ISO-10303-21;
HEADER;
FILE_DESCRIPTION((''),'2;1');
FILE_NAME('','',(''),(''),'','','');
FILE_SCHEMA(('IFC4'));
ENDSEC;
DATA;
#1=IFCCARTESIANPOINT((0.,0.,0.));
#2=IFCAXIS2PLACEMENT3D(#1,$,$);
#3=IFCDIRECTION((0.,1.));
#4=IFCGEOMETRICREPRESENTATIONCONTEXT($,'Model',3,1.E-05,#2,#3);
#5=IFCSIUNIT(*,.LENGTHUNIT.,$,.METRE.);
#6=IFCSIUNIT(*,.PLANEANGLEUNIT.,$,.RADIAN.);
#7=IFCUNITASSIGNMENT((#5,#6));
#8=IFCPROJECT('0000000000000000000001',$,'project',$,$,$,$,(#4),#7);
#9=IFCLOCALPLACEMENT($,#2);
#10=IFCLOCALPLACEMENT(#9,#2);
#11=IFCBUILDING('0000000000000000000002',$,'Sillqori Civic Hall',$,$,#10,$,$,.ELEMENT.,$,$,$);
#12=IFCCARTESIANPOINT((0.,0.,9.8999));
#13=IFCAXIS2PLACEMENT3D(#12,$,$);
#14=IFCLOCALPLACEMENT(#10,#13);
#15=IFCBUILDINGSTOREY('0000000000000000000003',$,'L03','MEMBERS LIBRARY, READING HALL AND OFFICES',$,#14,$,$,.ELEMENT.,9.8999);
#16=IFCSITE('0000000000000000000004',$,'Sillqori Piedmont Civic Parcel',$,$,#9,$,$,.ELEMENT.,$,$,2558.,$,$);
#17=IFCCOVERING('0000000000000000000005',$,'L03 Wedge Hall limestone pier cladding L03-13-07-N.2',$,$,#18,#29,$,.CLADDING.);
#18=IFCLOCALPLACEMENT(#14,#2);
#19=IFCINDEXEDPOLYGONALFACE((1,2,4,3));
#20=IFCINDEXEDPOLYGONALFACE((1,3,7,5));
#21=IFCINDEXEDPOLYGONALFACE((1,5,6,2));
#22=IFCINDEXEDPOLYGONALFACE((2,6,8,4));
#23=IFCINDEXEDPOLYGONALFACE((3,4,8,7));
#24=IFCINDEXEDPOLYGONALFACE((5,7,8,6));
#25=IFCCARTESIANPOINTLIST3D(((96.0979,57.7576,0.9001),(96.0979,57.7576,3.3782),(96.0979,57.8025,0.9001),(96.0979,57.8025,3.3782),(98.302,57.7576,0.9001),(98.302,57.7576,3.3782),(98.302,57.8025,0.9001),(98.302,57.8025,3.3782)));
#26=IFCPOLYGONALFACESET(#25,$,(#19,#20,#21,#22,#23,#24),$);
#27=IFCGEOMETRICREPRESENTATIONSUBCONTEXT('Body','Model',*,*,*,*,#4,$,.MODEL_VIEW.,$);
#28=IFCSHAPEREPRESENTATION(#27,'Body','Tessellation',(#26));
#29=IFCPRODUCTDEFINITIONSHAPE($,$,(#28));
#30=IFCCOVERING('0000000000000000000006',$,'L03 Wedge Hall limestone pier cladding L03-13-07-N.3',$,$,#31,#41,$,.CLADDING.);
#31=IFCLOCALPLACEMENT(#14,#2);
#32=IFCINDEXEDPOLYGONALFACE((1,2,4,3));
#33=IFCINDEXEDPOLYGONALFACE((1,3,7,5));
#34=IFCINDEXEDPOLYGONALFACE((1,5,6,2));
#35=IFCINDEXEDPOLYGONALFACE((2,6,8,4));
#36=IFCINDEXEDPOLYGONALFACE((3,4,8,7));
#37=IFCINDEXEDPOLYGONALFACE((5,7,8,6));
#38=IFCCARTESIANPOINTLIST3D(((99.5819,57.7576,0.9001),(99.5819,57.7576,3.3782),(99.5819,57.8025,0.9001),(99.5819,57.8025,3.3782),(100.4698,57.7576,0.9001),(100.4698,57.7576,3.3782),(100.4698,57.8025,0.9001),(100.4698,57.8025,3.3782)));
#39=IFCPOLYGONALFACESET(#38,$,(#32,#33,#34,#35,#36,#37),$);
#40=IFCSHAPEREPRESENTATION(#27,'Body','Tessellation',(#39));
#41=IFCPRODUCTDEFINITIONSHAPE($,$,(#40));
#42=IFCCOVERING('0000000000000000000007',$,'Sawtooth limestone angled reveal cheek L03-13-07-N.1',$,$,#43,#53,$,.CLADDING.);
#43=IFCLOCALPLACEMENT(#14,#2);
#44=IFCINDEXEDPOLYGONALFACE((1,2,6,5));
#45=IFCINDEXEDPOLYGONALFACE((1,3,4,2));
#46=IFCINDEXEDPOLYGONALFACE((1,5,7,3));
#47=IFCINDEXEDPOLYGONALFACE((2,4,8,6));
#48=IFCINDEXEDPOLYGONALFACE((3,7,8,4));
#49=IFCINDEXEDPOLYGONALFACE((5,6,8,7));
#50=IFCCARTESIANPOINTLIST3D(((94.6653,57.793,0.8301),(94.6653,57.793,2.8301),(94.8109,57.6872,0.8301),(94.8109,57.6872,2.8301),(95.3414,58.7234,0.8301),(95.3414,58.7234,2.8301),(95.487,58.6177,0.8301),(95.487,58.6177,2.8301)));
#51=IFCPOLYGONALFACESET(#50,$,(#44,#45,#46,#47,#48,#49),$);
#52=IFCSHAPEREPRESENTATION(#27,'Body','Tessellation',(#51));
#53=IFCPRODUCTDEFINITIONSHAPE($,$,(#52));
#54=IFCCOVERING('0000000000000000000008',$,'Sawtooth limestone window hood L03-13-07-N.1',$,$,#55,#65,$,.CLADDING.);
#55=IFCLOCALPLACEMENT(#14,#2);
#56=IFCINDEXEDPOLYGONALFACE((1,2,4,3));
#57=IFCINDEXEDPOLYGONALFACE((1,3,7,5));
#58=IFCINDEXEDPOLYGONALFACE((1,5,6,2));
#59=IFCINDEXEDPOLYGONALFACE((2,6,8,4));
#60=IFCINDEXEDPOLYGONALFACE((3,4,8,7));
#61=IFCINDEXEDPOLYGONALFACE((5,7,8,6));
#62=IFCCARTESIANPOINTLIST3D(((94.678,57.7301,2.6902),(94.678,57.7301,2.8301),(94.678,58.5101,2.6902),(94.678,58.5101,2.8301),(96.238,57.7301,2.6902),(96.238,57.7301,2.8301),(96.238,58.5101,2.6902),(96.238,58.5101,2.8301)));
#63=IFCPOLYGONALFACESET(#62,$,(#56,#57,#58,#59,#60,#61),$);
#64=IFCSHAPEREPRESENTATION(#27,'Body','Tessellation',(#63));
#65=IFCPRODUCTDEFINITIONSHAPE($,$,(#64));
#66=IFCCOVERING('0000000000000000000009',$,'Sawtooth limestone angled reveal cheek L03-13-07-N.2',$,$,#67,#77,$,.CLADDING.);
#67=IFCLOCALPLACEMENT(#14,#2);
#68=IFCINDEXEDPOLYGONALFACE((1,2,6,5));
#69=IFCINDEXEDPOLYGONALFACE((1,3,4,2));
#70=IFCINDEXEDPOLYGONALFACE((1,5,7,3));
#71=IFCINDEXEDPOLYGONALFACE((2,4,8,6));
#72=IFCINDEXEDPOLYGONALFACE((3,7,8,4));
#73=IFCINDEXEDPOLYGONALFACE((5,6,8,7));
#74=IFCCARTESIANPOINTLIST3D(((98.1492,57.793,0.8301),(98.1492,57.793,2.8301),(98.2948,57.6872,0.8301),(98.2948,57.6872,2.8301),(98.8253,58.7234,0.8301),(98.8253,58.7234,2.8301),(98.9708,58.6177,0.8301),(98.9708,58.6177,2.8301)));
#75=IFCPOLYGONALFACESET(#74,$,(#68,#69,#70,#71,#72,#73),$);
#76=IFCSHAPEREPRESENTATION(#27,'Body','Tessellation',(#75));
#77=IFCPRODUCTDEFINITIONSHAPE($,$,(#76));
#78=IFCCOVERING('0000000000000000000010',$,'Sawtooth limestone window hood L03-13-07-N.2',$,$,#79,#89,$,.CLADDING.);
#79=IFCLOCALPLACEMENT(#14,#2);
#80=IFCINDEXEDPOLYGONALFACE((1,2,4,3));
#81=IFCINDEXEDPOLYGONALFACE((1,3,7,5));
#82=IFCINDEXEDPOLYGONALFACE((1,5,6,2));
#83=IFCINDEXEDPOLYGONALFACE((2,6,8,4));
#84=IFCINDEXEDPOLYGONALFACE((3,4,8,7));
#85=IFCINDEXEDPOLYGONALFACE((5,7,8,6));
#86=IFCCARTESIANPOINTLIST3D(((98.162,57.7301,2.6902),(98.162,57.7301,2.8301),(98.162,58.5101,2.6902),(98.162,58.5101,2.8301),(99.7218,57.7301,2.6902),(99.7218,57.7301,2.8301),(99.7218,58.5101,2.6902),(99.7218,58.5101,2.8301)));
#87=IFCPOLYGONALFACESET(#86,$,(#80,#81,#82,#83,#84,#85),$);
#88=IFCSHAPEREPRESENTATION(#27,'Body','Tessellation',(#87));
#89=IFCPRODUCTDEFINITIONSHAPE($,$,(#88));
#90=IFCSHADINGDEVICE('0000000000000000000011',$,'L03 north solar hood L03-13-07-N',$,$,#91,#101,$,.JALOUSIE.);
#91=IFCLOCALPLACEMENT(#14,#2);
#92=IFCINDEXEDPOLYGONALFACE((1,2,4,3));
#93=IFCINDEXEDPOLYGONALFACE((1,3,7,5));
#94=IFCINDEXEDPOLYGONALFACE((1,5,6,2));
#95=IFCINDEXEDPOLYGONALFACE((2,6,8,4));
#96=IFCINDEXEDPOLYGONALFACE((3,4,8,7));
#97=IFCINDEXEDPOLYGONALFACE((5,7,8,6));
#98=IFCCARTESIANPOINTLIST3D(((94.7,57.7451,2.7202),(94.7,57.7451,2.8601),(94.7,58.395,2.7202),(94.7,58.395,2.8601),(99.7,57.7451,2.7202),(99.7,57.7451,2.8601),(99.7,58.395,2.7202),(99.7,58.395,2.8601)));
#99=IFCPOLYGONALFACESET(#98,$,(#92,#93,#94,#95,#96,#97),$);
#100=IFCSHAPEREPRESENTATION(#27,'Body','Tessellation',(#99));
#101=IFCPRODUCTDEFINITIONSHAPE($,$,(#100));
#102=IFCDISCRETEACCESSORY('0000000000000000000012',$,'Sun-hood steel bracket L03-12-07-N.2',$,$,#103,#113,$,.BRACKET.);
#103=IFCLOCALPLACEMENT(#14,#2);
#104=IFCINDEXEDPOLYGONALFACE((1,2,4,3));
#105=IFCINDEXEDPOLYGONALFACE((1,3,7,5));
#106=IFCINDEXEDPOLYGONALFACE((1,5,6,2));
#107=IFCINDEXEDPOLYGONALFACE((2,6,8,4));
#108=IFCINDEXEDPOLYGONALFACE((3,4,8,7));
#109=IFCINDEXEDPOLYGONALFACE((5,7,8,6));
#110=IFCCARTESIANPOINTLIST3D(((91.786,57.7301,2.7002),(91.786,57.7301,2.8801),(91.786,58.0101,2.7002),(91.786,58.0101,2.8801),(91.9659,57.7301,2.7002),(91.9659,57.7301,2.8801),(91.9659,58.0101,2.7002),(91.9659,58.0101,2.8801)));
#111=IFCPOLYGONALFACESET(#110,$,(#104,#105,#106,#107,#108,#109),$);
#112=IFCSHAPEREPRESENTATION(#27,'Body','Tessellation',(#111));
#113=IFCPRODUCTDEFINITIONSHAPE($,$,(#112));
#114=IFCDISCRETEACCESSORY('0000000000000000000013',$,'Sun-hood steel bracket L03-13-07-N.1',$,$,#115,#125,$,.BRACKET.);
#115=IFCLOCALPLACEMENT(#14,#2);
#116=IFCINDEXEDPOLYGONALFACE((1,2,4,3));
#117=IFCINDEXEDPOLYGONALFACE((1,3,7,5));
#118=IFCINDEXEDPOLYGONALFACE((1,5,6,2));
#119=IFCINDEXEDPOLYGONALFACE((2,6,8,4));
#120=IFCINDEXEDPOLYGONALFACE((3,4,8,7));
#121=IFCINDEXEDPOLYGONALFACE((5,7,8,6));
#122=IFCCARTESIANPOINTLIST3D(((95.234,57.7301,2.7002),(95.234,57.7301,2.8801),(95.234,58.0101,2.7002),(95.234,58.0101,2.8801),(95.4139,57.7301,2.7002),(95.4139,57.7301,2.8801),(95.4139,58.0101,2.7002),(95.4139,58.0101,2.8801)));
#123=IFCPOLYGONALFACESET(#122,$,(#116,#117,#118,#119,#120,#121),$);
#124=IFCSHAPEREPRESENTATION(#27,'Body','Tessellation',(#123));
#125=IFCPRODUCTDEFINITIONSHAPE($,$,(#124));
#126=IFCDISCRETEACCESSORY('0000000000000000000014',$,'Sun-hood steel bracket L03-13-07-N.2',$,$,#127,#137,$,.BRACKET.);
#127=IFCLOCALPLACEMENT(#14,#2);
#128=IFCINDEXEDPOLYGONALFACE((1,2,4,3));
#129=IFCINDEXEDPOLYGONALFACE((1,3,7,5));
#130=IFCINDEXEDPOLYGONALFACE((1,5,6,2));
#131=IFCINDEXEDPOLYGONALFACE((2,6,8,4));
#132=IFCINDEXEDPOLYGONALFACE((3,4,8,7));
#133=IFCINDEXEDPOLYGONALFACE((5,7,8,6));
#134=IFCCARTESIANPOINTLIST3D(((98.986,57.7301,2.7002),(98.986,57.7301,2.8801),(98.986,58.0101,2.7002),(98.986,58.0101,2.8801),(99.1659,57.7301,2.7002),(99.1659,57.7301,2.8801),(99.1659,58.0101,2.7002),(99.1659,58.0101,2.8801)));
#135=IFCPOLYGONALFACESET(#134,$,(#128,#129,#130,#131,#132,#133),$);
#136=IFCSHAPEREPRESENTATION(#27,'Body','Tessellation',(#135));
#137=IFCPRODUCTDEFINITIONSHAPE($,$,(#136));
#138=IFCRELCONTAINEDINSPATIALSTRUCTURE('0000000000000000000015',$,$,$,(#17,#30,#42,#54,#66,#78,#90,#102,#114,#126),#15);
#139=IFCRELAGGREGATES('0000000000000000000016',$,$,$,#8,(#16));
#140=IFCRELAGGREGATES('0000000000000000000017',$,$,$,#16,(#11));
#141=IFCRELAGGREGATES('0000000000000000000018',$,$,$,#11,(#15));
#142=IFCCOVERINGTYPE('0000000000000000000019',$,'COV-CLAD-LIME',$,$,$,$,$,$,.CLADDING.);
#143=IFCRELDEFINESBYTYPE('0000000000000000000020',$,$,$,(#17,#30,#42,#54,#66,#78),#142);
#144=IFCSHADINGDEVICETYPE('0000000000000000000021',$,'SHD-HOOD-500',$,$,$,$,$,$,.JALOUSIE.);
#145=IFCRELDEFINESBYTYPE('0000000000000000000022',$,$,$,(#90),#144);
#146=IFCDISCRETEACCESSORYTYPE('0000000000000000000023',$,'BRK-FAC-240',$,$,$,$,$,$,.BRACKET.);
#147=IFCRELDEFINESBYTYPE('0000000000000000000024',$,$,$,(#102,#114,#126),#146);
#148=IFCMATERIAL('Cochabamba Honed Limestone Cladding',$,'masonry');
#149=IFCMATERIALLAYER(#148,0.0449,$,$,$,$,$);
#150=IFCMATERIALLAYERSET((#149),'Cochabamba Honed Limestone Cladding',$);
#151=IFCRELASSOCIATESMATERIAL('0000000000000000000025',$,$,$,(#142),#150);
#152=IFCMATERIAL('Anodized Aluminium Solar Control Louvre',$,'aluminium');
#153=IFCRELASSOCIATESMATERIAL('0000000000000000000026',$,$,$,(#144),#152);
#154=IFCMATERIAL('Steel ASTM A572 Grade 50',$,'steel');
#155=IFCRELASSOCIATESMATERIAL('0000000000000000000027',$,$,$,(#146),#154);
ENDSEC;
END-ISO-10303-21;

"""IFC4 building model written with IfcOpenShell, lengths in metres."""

from ifc_helpers import new_model, si_unit, direction, frame, frame_2d, origin, origin_2d, place, context, subcontext, project, spatial, rectangle, extrude, material, layer, layer_set, type_object, element, save


model = new_model("IFC4")

# Units and contexts
model_context = context("Model", 3, precision=1e-05, world=origin(), true_north=direction((0.0, 1.0)))
body_context = subcontext(model_context, "Body", "Model", "MODEL_VIEW")
ifc_project = project(units=[si_unit("LENGTHUNIT", "METRE"), si_unit("PLANEANGLEUNIT", "RADIAN")], contexts=[model_context])

# Site, building, storey
site_placement = place(None, origin())
site = spatial("IfcSite", under=ifc_project, at=site_placement, Name="Sillqori Piedmont Civic Parcel", CompositionType="ELEMENT", RefElevation=2558.0)
building_placement = place(site_placement, origin())
building = spatial("IfcBuilding", under=site, at=building_placement, Name="Sillqori Civic Hall", CompositionType="ELEMENT")
storey_placement = place(building_placement, frame((0.0, 0.0, 9.8999)))
storey = spatial("IfcBuildingStorey", under=building, at=storey_placement, Name="L03", Description="MEMBERS LIBRARY, READING HALL AND OFFICES", CompositionType="ELEMENT", Elevation=9.8999)

# Coverings
ifc_material_1 = material(Name="Cochabamba Honed Limestone Cladding", Category="masonry")
ifc_layer_1 = layer(ifc_material_1, 0.0449)
ifc_layer_set_1 = layer_set([ifc_layer_1], Name="Cochabamba Honed Limestone Cladding")
covering_type = type_object("IfcCoveringType", Name="COV-CLAD-LIME", PredefinedType="CLADDING", material=ifc_layer_set_1)
covering_1_placement = place(storey_placement, frame((96.0979, 57.78, 0.9001), z_axis=(0.0, 0.0, 1.0), x_axis=(1.0, 0.0, 0.0)))
element("IfcCovering", 1, at=covering_1_placement, inside=storey, type_object=covering_type, Name="L03 Wedge Hall limestone pier cladding L03-13-07-N.2", PredefinedType="CLADDING", context=body_context, shape_type="SweptSolid", body=[
    extrude(rectangle(XDim=2.2041, YDim=0.0449, at=frame_2d((1.1021, 0.0))), origin(), (0.0, 0.0, 1.0), 2.478),
])
covering_2_placement = place(storey_placement, frame((99.582, 57.78, 0.9001), z_axis=(0.0, 0.0, 1.0), x_axis=(1.0, 0.0, 0.0)))
element("IfcCovering", 2, at=covering_2_placement, inside=storey, type_object=covering_type, Name="L03 Wedge Hall limestone pier cladding L03-13-07-N.3", PredefinedType="CLADDING", context=body_context, shape_type="SweptSolid", body=[
    extrude(rectangle(XDim=0.8879, YDim=0.0449, at=frame_2d((0.4438, 0.0))), origin(), (0.0, 0.0, 1.0), 2.478),
])
covering_3_placement = place(storey_placement, frame((94.738, 57.74, 0.8301), z_axis=(0.0, 0.0, 1.0), x_axis=(0.587806, 0.809002, 0.0)))
element("IfcCovering", 3, at=covering_3_placement, inside=storey, type_object=covering_type, Name="Sawtooth limestone angled reveal cheek L03-13-07-N.1", PredefinedType="CLADDING", context=body_context, shape_type="SweptSolid", body=[
    extrude(rectangle(XDim=1.1501, YDim=0.1799, at=frame_2d((0.5752, 0.0))), origin(), (0.0, 0.0, 1.0), 2.0),
])
covering_4_placement = place(storey_placement, frame((94.678, 58.1201, 2.6902), z_axis=(0.0, 0.0, 1.0), x_axis=(1.0, 0.0, 0.0)))
element("IfcCovering", 4, at=covering_4_placement, inside=storey, type_object=covering_type, Name="Sawtooth limestone window hood L03-13-07-N.1", PredefinedType="CLADDING", context=body_context, shape_type="SweptSolid", body=[
    extrude(rectangle(XDim=1.5601, YDim=0.78, at=frame_2d((0.78, 0.0))), origin(), (0.0, 0.0, 1.0), 0.1399),
])
covering_5_placement = place(storey_placement, frame((98.2219, 57.74, 0.8301), z_axis=(0.0, 0.0, 1.0), x_axis=(0.587806, 0.809002, 0.0)))
element("IfcCovering", 5, at=covering_5_placement, inside=storey, type_object=covering_type, Name="Sawtooth limestone angled reveal cheek L03-13-07-N.2", PredefinedType="CLADDING", context=body_context, shape_type="SweptSolid", body=[
    extrude(rectangle(XDim=1.1501, YDim=0.1799, at=frame_2d((0.5752, 0.0))), origin(), (0.0, 0.0, 1.0), 2.0),
])
covering_6_placement = place(storey_placement, frame((98.1621, 58.1201, 2.6902), z_axis=(0.0, 0.0, 1.0), x_axis=(1.0, 0.0, 0.0)))
element("IfcCovering", 6, at=covering_6_placement, inside=storey, type_object=covering_type, Name="Sawtooth limestone window hood L03-13-07-N.2", PredefinedType="CLADDING", context=body_context, shape_type="SweptSolid", body=[
    extrude(rectangle(XDim=1.5598, YDim=0.78, at=frame_2d((0.7798, 0.0))), origin(), (0.0, 0.0, 1.0), 0.1399),
])

# Shading device
ifc_material_2 = material(Name="Anodized Aluminium Solar Control Louvre", Category="aluminium")
shading_device_type = type_object("IfcShadingDeviceType", Name="SHD-HOOD-500", PredefinedType="JALOUSIE", material=ifc_material_2)
shading_device_placement = place(storey_placement, frame((97.2, 58.0701, 2.7202), z_axis=(0.0, 0.0, 1.0), x_axis=(1.0, 0.0, 0.0)))
element("IfcShadingDevice", 7, at=shading_device_placement, inside=storey, type_object=shading_device_type, Name="L03 north solar hood L03-13-07-N", PredefinedType="JALOUSIE", context=body_context, shape_type="SweptSolid", body=[
    extrude(rectangle(XDim=5.0, YDim=0.6499, at=origin_2d()), origin(), (0.0, 0.0, 1.0), 0.1399),
])

# Discrete accessories
ifc_material_3 = material(Name="Steel ASTM A572 Grade 50", Category="steel")
discrete_accessory_type = type_object("IfcDiscreteAccessoryType", Name="BRK-FAC-240", PredefinedType="BRACKET", material=ifc_material_3)
for number, where, z_axis, x_axis, name in (
    (8, (91.876, 57.8701, 2.7002), (0.0, 0.0, 1.0), (1.0, 0.0, 0.0), "Sun-hood steel bracket L03-12-07-N.2"),
    (9, (95.324, 57.8701, 2.7002), (0.0, 0.0, 1.0), (1.0, 0.0, 0.0), "Sun-hood steel bracket L03-13-07-N.1"),
    (10, (99.0759, 57.8701, 2.7002), (0.0, 0.0, 1.0), (1.0, 0.0, 0.0), "Sun-hood steel bracket L03-13-07-N.2"),
):
    element("IfcDiscreteAccessory", number, at=place(storey_placement, frame(where, z_axis=z_axis, x_axis=x_axis)), inside=storey, type_object=discrete_accessory_type, Name=name, PredefinedType="BRACKET", context=body_context, shape_type="SweptSolid", body=[
        extrude(rectangle(XDim=0.1799, YDim=0.28, at=origin_2d()), origin(), (0.0, 0.0, 1.0), 0.1799),
    ])

save(model, "model.ifc")
